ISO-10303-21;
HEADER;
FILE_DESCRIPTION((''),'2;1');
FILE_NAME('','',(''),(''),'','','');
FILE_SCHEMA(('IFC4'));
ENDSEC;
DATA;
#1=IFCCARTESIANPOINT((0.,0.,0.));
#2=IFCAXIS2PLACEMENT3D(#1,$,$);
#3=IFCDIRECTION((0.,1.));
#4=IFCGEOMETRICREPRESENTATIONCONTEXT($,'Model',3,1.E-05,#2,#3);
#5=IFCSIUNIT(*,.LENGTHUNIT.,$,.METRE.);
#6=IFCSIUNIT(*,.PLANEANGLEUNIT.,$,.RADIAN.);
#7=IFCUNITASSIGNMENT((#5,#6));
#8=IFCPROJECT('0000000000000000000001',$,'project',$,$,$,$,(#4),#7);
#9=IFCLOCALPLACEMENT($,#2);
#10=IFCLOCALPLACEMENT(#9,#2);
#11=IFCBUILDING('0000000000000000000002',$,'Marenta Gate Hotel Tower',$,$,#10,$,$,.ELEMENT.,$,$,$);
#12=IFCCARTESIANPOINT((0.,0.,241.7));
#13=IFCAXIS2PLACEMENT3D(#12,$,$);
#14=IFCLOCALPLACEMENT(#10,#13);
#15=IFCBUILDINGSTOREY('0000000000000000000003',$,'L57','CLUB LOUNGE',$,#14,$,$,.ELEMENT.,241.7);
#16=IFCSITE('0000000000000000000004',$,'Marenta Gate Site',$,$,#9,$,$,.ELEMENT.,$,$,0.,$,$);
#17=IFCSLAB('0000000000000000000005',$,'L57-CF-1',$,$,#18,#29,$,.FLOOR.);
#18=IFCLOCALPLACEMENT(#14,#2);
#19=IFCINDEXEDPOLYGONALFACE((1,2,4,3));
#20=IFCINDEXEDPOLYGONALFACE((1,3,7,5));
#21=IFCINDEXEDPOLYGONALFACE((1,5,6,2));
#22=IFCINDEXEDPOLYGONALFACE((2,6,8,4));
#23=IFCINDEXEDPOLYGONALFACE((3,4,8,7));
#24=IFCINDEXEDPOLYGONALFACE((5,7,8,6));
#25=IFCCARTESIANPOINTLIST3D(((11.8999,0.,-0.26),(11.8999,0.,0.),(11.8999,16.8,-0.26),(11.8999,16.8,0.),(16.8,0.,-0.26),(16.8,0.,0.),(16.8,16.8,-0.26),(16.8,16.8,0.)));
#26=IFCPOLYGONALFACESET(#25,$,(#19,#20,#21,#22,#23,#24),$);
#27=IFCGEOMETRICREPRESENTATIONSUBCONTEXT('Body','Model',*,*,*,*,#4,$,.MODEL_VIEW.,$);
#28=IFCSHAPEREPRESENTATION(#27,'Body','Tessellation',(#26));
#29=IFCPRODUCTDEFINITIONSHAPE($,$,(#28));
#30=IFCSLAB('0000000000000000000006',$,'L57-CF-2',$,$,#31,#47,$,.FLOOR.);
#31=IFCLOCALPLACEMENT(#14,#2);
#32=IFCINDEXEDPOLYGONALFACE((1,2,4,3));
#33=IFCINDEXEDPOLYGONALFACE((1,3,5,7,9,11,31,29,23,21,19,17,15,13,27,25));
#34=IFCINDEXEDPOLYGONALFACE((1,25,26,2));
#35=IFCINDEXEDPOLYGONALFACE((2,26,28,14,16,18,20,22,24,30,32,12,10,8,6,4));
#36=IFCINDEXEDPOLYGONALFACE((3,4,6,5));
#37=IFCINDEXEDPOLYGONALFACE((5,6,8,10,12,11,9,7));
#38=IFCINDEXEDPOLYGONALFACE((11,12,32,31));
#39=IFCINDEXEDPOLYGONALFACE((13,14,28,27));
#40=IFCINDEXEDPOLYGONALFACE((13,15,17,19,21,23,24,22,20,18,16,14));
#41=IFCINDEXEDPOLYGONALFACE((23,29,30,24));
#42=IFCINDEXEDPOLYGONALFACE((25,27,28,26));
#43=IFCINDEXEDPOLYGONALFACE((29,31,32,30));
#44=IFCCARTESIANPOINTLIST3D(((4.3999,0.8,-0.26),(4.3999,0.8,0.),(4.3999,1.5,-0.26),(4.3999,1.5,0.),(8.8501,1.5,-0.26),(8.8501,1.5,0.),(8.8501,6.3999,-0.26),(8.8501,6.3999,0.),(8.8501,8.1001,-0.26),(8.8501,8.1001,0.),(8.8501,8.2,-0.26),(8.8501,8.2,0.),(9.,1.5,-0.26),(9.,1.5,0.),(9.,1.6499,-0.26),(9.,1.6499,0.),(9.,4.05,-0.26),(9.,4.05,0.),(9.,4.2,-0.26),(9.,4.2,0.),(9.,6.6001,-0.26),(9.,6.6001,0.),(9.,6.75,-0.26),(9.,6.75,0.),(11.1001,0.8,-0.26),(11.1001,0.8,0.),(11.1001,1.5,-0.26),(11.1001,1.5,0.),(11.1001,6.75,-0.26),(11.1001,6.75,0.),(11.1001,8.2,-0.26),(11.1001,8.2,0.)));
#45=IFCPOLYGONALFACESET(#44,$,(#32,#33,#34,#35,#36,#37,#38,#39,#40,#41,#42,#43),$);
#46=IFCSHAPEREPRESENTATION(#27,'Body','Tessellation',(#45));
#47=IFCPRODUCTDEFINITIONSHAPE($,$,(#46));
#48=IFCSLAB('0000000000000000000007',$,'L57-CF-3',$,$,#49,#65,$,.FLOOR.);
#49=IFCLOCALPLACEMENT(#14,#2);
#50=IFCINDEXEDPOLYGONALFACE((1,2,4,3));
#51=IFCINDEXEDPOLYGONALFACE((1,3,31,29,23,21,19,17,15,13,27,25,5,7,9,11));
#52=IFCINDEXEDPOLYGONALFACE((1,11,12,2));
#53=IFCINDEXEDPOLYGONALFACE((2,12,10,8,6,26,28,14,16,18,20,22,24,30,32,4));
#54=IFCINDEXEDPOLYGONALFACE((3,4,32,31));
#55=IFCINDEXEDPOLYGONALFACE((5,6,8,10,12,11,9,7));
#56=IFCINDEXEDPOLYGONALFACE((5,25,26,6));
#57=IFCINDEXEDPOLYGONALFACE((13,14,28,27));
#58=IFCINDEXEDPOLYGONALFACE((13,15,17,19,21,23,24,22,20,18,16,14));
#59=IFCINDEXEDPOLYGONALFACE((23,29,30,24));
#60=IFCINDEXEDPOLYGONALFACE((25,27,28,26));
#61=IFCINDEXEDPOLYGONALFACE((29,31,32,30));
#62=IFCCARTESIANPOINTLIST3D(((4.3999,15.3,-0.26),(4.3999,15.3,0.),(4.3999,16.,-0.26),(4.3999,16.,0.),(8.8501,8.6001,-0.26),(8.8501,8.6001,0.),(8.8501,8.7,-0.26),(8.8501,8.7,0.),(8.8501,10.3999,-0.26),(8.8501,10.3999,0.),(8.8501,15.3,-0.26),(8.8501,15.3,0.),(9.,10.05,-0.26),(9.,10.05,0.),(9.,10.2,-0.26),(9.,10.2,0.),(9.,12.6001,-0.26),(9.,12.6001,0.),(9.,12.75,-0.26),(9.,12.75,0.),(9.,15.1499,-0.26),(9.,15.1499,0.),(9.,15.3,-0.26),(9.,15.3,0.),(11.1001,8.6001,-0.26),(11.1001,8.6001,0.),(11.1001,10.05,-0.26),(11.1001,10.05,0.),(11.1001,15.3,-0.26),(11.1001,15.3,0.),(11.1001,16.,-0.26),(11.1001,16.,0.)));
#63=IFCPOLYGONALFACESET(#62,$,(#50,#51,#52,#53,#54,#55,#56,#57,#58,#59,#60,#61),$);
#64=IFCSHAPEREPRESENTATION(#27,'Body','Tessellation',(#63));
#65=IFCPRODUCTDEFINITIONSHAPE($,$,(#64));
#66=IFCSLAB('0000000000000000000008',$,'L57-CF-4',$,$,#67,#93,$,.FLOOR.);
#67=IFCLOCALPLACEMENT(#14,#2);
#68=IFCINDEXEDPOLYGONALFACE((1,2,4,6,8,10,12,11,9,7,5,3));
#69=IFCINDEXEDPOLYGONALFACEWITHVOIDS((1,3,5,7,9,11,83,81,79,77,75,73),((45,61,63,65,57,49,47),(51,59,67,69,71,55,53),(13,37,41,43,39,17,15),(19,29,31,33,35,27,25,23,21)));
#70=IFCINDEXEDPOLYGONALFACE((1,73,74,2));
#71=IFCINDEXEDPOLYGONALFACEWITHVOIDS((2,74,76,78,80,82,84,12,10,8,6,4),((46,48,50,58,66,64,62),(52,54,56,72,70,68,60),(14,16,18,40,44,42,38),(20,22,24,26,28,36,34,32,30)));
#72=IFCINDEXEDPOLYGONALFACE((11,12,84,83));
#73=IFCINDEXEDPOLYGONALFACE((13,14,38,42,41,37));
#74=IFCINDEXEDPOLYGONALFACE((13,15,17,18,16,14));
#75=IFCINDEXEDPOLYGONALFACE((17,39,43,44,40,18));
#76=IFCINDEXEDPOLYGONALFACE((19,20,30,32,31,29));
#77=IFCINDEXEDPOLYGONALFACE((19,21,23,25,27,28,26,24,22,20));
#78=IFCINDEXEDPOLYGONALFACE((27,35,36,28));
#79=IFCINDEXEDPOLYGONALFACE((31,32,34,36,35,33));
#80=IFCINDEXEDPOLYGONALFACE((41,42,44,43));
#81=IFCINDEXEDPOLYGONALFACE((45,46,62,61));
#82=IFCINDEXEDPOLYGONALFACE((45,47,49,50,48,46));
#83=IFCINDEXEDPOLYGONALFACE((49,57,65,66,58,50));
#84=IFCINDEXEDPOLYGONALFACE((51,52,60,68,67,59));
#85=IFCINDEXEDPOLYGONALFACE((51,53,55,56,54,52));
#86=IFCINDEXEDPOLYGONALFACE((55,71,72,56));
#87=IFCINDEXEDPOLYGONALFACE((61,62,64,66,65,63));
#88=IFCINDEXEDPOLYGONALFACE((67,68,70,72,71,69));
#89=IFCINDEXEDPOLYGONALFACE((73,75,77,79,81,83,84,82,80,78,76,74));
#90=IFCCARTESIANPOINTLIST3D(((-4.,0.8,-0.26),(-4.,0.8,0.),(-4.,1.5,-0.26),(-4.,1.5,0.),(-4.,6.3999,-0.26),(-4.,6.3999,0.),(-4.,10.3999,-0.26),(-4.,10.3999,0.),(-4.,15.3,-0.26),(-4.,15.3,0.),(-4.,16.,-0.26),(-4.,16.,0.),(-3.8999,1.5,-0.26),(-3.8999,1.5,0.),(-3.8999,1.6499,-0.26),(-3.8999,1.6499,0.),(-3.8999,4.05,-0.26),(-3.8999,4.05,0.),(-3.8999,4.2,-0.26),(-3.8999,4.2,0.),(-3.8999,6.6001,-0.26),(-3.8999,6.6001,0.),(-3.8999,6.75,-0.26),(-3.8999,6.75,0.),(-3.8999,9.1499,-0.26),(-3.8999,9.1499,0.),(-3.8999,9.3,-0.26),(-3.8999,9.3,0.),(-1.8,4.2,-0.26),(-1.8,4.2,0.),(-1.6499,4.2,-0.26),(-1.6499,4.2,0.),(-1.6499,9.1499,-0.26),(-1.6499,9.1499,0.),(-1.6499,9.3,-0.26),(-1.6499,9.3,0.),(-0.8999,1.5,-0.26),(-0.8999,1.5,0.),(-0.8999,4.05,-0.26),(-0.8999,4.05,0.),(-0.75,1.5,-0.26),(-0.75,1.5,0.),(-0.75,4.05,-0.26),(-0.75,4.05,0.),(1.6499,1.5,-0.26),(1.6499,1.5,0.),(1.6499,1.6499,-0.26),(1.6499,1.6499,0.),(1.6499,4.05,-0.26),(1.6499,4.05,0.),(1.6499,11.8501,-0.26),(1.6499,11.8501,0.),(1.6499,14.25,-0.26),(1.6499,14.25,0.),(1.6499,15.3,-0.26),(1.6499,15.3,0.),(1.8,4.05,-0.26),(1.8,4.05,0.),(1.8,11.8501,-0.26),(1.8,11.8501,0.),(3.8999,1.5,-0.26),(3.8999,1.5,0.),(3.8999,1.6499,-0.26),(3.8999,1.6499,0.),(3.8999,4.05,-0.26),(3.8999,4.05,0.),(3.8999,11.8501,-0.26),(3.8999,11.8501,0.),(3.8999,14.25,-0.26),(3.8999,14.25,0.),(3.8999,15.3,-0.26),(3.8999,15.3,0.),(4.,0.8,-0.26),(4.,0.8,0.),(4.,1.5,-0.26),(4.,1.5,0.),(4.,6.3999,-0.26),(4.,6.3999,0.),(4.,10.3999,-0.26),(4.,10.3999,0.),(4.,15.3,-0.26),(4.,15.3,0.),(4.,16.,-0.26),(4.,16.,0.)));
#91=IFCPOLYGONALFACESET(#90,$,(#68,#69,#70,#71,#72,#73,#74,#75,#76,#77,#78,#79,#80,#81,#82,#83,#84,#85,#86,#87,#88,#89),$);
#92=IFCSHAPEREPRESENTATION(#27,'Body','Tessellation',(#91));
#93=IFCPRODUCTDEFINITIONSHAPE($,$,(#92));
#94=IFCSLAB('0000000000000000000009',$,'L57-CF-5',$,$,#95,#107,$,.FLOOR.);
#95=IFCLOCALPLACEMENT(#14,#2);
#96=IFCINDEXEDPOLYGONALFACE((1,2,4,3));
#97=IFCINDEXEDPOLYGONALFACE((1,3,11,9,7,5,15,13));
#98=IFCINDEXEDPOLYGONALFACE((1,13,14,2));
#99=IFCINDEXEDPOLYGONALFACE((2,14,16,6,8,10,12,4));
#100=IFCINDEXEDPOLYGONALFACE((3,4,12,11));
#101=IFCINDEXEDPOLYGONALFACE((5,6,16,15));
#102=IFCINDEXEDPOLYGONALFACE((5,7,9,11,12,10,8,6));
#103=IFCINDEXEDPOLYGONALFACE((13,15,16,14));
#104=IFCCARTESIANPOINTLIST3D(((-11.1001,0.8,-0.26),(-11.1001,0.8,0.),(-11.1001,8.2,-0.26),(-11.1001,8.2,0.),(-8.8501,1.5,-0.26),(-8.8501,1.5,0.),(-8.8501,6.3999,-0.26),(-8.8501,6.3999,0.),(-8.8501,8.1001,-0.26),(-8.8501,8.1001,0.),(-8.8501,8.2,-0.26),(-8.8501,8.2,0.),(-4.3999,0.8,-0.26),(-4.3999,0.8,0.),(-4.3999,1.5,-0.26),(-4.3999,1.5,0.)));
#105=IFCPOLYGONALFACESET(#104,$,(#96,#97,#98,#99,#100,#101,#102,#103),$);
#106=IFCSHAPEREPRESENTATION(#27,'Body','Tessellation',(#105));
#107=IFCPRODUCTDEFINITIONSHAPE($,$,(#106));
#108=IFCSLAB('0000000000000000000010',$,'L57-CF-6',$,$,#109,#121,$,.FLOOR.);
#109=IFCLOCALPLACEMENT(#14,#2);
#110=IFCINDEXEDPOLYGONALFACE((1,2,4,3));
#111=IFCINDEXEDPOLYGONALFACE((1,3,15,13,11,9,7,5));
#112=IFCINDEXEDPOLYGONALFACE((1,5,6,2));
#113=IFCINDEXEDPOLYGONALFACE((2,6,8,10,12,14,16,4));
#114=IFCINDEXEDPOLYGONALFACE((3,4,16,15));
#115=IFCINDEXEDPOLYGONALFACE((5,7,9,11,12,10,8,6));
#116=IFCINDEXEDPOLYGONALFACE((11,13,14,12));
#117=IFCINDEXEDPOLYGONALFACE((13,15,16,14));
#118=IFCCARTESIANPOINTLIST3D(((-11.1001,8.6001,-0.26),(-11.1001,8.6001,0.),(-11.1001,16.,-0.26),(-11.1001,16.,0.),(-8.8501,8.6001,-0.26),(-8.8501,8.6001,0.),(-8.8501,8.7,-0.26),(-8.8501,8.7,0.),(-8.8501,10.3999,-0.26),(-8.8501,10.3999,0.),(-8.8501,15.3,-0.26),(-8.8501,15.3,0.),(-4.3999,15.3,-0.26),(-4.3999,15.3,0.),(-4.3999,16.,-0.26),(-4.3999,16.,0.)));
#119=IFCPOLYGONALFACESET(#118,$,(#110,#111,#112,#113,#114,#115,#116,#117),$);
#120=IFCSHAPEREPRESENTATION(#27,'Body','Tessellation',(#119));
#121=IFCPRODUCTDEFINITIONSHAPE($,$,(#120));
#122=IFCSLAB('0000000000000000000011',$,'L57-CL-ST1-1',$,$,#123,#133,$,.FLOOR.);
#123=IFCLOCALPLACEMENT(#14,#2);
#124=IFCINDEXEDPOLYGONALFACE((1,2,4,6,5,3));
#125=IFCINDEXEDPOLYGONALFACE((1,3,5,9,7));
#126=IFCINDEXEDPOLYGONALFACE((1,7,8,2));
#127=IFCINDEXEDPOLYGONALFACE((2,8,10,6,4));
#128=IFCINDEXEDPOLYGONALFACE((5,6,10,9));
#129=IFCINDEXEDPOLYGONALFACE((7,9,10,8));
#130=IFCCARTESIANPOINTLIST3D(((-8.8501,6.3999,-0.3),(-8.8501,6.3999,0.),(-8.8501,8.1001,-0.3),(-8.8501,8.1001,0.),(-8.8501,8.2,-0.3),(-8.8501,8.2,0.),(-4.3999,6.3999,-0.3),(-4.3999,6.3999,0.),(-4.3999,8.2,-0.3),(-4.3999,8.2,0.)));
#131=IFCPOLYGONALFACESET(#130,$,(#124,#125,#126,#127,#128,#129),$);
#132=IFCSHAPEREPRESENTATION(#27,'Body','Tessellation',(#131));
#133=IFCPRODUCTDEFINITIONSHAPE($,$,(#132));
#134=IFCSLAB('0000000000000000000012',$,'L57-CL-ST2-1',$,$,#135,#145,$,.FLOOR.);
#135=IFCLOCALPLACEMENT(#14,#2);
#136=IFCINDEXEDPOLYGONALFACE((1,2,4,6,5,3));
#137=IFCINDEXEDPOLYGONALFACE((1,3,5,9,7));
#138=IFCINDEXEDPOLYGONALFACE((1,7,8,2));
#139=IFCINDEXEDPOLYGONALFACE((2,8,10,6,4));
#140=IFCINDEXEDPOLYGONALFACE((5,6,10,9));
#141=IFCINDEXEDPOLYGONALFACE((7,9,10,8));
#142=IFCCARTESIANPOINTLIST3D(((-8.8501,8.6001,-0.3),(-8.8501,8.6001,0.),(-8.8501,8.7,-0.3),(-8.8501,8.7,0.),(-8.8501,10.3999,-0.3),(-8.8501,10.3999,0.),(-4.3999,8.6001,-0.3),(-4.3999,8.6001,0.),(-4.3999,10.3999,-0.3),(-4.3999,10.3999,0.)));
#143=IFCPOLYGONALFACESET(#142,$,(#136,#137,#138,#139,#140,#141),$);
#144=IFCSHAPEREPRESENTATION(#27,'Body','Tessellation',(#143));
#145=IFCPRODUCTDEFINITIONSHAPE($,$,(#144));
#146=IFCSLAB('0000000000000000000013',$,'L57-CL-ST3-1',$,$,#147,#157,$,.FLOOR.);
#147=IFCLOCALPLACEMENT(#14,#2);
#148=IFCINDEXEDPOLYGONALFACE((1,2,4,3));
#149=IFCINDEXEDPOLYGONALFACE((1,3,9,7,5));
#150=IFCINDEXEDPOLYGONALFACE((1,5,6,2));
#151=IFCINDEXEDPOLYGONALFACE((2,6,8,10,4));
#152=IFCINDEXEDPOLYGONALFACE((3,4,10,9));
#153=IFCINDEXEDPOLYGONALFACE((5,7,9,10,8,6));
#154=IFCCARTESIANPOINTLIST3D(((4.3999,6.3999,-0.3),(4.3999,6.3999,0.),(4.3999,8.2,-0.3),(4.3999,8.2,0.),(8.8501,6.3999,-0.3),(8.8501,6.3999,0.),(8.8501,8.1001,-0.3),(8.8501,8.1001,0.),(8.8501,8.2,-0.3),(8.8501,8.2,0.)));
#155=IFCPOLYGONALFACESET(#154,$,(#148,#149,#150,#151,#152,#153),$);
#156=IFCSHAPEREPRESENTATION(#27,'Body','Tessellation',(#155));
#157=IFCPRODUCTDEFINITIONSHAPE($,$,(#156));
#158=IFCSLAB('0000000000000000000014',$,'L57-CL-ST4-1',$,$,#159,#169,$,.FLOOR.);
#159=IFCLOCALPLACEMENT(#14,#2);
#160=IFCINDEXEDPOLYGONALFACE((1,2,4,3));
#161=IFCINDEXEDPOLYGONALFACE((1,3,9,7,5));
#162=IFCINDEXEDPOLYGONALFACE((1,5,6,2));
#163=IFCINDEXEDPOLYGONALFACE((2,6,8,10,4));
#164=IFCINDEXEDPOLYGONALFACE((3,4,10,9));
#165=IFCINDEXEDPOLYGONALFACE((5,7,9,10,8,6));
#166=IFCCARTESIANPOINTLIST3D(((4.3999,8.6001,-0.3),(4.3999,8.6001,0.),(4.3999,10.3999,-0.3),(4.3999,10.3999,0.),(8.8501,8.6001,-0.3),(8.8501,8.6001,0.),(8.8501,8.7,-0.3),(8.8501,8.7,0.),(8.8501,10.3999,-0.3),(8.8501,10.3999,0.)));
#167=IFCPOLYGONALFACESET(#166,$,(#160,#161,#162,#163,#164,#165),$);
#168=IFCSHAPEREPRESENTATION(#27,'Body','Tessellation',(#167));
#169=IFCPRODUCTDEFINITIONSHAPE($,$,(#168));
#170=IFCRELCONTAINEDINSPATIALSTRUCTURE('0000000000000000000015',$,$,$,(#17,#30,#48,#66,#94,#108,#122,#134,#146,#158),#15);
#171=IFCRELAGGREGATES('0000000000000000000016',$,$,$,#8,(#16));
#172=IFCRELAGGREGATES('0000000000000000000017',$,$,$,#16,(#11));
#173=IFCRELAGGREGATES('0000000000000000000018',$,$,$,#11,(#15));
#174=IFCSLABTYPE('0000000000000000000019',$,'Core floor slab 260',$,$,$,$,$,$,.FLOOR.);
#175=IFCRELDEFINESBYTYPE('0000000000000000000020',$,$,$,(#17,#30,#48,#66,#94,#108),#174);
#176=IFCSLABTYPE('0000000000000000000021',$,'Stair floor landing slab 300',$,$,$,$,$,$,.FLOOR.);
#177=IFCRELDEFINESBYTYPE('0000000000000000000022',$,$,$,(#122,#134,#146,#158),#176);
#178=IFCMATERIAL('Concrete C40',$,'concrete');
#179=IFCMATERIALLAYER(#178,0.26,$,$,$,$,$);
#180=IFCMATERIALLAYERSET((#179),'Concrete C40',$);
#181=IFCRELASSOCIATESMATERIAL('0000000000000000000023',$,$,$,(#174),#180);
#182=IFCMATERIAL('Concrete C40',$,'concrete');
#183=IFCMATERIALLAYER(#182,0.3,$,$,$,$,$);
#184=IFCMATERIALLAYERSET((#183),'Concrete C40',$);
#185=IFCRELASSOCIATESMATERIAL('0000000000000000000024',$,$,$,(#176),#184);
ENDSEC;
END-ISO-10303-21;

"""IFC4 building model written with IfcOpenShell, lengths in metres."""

from ifc_helpers import new_model, si_unit, direction, frame, origin, place, context, subcontext, project, spatial, polyline, outline, extrude, material, layer, layer_set, type_object, element, save


model = new_model("IFC4")

# Units and contexts
model_context = context("Model", 3, precision=1e-05, world=origin(), true_north=direction((0.0, 1.0)))
body_context = subcontext(model_context, "Body", "Model", "MODEL_VIEW")
ifc_project = project(units=[si_unit("LENGTHUNIT", "METRE"), si_unit("PLANEANGLEUNIT", "RADIAN")], contexts=[model_context])

# Site, building, storey
site_placement = place(None, origin())
site = spatial("IfcSite", under=ifc_project, at=site_placement, Name="Marenta Gate Site", CompositionType="ELEMENT", RefElevation=0.0)
building_placement = place(site_placement, origin())
building = spatial("IfcBuilding", under=site, at=building_placement, Name="Marenta Gate Hotel Tower", CompositionType="ELEMENT")
storey_placement = place(building_placement, frame((0.0, 0.0, 241.7)))
storey = spatial("IfcBuildingStorey", under=building, at=storey_placement, Name="L57", Description="CLUB LOUNGE", CompositionType="ELEMENT", Elevation=241.7)

# Slabs
ifc_material_1 = material(Name="Concrete C40", Category="concrete")
ifc_layer_1 = layer(ifc_material_1, 0.26)
ifc_layer_set_1 = layer_set([ifc_layer_1], Name="Concrete C40")
slab_type_1 = type_object("IfcSlabType", Name="Core floor slab 260", PredefinedType="FLOOR", material=ifc_layer_set_1)
slab_1_placement = place(storey_placement, frame((0.0, 0.0, -0.26)))
element("IfcSlab", 1, at=slab_1_placement, inside=storey, type_object=slab_type_1, Name="L57-CF-1", PredefinedType="FLOOR", context=body_context, shape_type="SweptSolid", body=[
    extrude(outline(polyline([(11.8999, 0.0), (11.8999, 16.8), (16.8, 16.8), (16.8, 0.0), (11.8999, 0.0)])), origin(), (0.0, 0.0, 1.0), 0.26),
])
slab_2_placement = place(storey_placement, frame((0.0, 0.0, -0.26)))
element("IfcSlab", 2, at=slab_2_placement, inside=storey, type_object=slab_type_1, Name="L57-CF-2", PredefinedType="FLOOR", context=body_context, shape_type="SweptSolid", body=[
    extrude(outline(polyline([(8.8501, 1.5), (8.8501, 6.3999), (8.8501, 8.1001), (8.8501, 8.2), (11.1001, 8.2), (11.1001, 6.75), (9.0, 6.75), (9.0, 6.6001), (9.0, 4.2), (9.0, 4.05), (9.0, 1.6499), (9.0, 1.5), (11.1001, 1.5), (11.1001, 0.8), (4.3999, 0.8), (4.3999, 1.5), (8.8501, 1.5)])), origin(), (0.0, 0.0, 1.0), 0.26),
])
slab_3_placement = place(storey_placement, frame((0.0, 0.0, -0.26)))
element("IfcSlab", 3, at=slab_3_placement, inside=storey, type_object=slab_type_1, Name="L57-CF-3", PredefinedType="FLOOR", context=body_context, shape_type="SweptSolid", body=[
    extrude(outline(polyline([(8.8501, 15.3), (4.3999, 15.3), (4.3999, 16.0), (11.1001, 16.0), (11.1001, 15.3), (9.0, 15.3), (9.0, 15.1499), (9.0, 12.75), (9.0, 12.6001), (9.0, 10.2), (9.0, 10.05), (11.1001, 10.05), (11.1001, 8.6001), (8.8501, 8.6001), (8.8501, 8.7), (8.8501, 10.3999), (8.8501, 15.3)])), origin(), (0.0, 0.0, 1.0), 0.26),
])
slab_4_placement = place(storey_placement, frame((0.0, 0.0, -0.26)))
element("IfcSlab", 4, at=slab_4_placement, inside=storey, type_object=slab_type_1, Name="L57-CF-4", PredefinedType="FLOOR", context=body_context, shape_type="SweptSolid", body=[
    extrude(outline(polyline([(4.0, 15.3), (4.0, 10.3999), (4.0, 6.3999), (4.0, 1.5), (4.0, 0.8), (-4.0, 0.8), (-4.0, 1.5), (-4.0, 6.3999), (-4.0, 10.3999), (-4.0, 15.3), (-4.0, 16.0), (4.0, 16.0), (4.0, 15.3)]), holes=[polyline([(1.6499, 14.25), (1.6499, 11.8501), (1.8, 11.8501), (3.8999, 11.8501), (3.8999, 14.25), (3.8999, 15.3), (1.6499, 15.3), (1.6499, 14.25)]), polyline([(3.8999, 1.6499), (3.8999, 4.05), (1.8, 4.05), (1.6499, 4.05), (1.6499, 1.6499), (1.6499, 1.5), (3.8999, 1.5), (3.8999, 1.6499)]), polyline([(-3.8999, 1.6499), (-3.8999, 1.5), (-0.8999, 1.5), (-0.75, 1.5), (-0.75, 4.05), (-0.8999, 4.05), (-3.8999, 4.05), (-3.8999, 1.6499)]), polyline([(-1.8, 4.2), (-1.6499, 4.2), (-1.6499, 9.1499), (-1.6499, 9.3), (-3.8999, 9.3), (-3.8999, 9.1499), (-3.8999, 6.75), (-3.8999, 6.6001), (-3.8999, 4.2), (-1.8, 4.2)])]), origin(), (0.0, 0.0, 1.0), 0.26),
])
slab_5_placement = place(storey_placement, frame((0.0, 0.0, -0.26)))
element("IfcSlab", 5, at=slab_5_placement, inside=storey, type_object=slab_type_1, Name="L57-CF-5", PredefinedType="FLOOR", context=body_context, shape_type="SweptSolid", body=[
    extrude(outline(polyline([(-8.8501, 8.2), (-8.8501, 8.1001), (-8.8501, 6.3999), (-8.8501, 1.5), (-4.3999, 1.5), (-4.3999, 0.8), (-11.1001, 0.8), (-11.1001, 8.2), (-8.8501, 8.2)])), origin(), (0.0, 0.0, 1.0), 0.26),
])
slab_6_placement = place(storey_placement, frame((0.0, 0.0, -0.26)))
element("IfcSlab", 6, at=slab_6_placement, inside=storey, type_object=slab_type_1, Name="L57-CF-6", PredefinedType="FLOOR", context=body_context, shape_type="SweptSolid", body=[
    extrude(outline(polyline([(-4.3999, 15.3), (-8.8501, 15.3), (-8.8501, 10.3999), (-8.8501, 8.7), (-8.8501, 8.6001), (-11.1001, 8.6001), (-11.1001, 16.0), (-4.3999, 16.0), (-4.3999, 15.3)])), origin(), (0.0, 0.0, 1.0), 0.26),
])
ifc_material_2 = material(Name="Concrete C40", Category="concrete")
ifc_layer_2 = layer(ifc_material_2, 0.3)
ifc_layer_set_2 = layer_set([ifc_layer_2], Name="Concrete C40")
slab_type_2 = type_object("IfcSlabType", Name="Stair floor landing slab 300", PredefinedType="FLOOR", material=ifc_layer_set_2)
slab_7_placement = place(storey_placement, frame((0.0, 0.0, -0.3)))
element("IfcSlab", 7, at=slab_7_placement, inside=storey, type_object=slab_type_2, Name="L57-CL-ST1-1", PredefinedType="FLOOR", context=body_context, shape_type="SweptSolid", body=[
    extrude(outline(polyline([(-4.3999, 6.3999), (-8.8501, 6.3999), (-8.8501, 8.1001), (-8.8501, 8.2), (-4.3999, 8.2), (-4.3999, 6.3999)])), origin(), (0.0, 0.0, 1.0), 0.3),
])
slab_8_placement = place(storey_placement, frame((0.0, 0.0, -0.3)))
element("IfcSlab", 8, at=slab_8_placement, inside=storey, type_object=slab_type_2, Name="L57-CL-ST2-1", PredefinedType="FLOOR", context=body_context, shape_type="SweptSolid", body=[
    extrude(outline(polyline([(-4.3999, 8.6001), (-8.8501, 8.6001), (-8.8501, 8.7), (-8.8501, 10.3999), (-4.3999, 10.3999), (-4.3999, 8.6001)])), origin(), (0.0, 0.0, 1.0), 0.3),
])
slab_9_placement = place(storey_placement, frame((0.0, 0.0, -0.3)))
element("IfcSlab", 9, at=slab_9_placement, inside=storey, type_object=slab_type_2, Name="L57-CL-ST3-1", PredefinedType="FLOOR", context=body_context, shape_type="SweptSolid", body=[
    extrude(outline(polyline([(4.3999, 6.3999), (4.3999, 8.2), (8.8501, 8.2), (8.8501, 8.1001), (8.8501, 6.3999), (4.3999, 6.3999)])), origin(), (0.0, 0.0, 1.0), 0.3),
])
slab_10_placement = place(storey_placement, frame((0.0, 0.0, -0.3)))
element("IfcSlab", 10, at=slab_10_placement, inside=storey, type_object=slab_type_2, Name="L57-CL-ST4-1", PredefinedType="FLOOR", context=body_context, shape_type="SweptSolid", body=[
    extrude(outline(polyline([(4.3999, 8.6001), (4.3999, 10.3999), (8.8501, 10.3999), (8.8501, 8.7), (8.8501, 8.6001), (4.3999, 8.6001)])), origin(), (0.0, 0.0, 1.0), 0.3),
])

save(model, "model.ifc")
